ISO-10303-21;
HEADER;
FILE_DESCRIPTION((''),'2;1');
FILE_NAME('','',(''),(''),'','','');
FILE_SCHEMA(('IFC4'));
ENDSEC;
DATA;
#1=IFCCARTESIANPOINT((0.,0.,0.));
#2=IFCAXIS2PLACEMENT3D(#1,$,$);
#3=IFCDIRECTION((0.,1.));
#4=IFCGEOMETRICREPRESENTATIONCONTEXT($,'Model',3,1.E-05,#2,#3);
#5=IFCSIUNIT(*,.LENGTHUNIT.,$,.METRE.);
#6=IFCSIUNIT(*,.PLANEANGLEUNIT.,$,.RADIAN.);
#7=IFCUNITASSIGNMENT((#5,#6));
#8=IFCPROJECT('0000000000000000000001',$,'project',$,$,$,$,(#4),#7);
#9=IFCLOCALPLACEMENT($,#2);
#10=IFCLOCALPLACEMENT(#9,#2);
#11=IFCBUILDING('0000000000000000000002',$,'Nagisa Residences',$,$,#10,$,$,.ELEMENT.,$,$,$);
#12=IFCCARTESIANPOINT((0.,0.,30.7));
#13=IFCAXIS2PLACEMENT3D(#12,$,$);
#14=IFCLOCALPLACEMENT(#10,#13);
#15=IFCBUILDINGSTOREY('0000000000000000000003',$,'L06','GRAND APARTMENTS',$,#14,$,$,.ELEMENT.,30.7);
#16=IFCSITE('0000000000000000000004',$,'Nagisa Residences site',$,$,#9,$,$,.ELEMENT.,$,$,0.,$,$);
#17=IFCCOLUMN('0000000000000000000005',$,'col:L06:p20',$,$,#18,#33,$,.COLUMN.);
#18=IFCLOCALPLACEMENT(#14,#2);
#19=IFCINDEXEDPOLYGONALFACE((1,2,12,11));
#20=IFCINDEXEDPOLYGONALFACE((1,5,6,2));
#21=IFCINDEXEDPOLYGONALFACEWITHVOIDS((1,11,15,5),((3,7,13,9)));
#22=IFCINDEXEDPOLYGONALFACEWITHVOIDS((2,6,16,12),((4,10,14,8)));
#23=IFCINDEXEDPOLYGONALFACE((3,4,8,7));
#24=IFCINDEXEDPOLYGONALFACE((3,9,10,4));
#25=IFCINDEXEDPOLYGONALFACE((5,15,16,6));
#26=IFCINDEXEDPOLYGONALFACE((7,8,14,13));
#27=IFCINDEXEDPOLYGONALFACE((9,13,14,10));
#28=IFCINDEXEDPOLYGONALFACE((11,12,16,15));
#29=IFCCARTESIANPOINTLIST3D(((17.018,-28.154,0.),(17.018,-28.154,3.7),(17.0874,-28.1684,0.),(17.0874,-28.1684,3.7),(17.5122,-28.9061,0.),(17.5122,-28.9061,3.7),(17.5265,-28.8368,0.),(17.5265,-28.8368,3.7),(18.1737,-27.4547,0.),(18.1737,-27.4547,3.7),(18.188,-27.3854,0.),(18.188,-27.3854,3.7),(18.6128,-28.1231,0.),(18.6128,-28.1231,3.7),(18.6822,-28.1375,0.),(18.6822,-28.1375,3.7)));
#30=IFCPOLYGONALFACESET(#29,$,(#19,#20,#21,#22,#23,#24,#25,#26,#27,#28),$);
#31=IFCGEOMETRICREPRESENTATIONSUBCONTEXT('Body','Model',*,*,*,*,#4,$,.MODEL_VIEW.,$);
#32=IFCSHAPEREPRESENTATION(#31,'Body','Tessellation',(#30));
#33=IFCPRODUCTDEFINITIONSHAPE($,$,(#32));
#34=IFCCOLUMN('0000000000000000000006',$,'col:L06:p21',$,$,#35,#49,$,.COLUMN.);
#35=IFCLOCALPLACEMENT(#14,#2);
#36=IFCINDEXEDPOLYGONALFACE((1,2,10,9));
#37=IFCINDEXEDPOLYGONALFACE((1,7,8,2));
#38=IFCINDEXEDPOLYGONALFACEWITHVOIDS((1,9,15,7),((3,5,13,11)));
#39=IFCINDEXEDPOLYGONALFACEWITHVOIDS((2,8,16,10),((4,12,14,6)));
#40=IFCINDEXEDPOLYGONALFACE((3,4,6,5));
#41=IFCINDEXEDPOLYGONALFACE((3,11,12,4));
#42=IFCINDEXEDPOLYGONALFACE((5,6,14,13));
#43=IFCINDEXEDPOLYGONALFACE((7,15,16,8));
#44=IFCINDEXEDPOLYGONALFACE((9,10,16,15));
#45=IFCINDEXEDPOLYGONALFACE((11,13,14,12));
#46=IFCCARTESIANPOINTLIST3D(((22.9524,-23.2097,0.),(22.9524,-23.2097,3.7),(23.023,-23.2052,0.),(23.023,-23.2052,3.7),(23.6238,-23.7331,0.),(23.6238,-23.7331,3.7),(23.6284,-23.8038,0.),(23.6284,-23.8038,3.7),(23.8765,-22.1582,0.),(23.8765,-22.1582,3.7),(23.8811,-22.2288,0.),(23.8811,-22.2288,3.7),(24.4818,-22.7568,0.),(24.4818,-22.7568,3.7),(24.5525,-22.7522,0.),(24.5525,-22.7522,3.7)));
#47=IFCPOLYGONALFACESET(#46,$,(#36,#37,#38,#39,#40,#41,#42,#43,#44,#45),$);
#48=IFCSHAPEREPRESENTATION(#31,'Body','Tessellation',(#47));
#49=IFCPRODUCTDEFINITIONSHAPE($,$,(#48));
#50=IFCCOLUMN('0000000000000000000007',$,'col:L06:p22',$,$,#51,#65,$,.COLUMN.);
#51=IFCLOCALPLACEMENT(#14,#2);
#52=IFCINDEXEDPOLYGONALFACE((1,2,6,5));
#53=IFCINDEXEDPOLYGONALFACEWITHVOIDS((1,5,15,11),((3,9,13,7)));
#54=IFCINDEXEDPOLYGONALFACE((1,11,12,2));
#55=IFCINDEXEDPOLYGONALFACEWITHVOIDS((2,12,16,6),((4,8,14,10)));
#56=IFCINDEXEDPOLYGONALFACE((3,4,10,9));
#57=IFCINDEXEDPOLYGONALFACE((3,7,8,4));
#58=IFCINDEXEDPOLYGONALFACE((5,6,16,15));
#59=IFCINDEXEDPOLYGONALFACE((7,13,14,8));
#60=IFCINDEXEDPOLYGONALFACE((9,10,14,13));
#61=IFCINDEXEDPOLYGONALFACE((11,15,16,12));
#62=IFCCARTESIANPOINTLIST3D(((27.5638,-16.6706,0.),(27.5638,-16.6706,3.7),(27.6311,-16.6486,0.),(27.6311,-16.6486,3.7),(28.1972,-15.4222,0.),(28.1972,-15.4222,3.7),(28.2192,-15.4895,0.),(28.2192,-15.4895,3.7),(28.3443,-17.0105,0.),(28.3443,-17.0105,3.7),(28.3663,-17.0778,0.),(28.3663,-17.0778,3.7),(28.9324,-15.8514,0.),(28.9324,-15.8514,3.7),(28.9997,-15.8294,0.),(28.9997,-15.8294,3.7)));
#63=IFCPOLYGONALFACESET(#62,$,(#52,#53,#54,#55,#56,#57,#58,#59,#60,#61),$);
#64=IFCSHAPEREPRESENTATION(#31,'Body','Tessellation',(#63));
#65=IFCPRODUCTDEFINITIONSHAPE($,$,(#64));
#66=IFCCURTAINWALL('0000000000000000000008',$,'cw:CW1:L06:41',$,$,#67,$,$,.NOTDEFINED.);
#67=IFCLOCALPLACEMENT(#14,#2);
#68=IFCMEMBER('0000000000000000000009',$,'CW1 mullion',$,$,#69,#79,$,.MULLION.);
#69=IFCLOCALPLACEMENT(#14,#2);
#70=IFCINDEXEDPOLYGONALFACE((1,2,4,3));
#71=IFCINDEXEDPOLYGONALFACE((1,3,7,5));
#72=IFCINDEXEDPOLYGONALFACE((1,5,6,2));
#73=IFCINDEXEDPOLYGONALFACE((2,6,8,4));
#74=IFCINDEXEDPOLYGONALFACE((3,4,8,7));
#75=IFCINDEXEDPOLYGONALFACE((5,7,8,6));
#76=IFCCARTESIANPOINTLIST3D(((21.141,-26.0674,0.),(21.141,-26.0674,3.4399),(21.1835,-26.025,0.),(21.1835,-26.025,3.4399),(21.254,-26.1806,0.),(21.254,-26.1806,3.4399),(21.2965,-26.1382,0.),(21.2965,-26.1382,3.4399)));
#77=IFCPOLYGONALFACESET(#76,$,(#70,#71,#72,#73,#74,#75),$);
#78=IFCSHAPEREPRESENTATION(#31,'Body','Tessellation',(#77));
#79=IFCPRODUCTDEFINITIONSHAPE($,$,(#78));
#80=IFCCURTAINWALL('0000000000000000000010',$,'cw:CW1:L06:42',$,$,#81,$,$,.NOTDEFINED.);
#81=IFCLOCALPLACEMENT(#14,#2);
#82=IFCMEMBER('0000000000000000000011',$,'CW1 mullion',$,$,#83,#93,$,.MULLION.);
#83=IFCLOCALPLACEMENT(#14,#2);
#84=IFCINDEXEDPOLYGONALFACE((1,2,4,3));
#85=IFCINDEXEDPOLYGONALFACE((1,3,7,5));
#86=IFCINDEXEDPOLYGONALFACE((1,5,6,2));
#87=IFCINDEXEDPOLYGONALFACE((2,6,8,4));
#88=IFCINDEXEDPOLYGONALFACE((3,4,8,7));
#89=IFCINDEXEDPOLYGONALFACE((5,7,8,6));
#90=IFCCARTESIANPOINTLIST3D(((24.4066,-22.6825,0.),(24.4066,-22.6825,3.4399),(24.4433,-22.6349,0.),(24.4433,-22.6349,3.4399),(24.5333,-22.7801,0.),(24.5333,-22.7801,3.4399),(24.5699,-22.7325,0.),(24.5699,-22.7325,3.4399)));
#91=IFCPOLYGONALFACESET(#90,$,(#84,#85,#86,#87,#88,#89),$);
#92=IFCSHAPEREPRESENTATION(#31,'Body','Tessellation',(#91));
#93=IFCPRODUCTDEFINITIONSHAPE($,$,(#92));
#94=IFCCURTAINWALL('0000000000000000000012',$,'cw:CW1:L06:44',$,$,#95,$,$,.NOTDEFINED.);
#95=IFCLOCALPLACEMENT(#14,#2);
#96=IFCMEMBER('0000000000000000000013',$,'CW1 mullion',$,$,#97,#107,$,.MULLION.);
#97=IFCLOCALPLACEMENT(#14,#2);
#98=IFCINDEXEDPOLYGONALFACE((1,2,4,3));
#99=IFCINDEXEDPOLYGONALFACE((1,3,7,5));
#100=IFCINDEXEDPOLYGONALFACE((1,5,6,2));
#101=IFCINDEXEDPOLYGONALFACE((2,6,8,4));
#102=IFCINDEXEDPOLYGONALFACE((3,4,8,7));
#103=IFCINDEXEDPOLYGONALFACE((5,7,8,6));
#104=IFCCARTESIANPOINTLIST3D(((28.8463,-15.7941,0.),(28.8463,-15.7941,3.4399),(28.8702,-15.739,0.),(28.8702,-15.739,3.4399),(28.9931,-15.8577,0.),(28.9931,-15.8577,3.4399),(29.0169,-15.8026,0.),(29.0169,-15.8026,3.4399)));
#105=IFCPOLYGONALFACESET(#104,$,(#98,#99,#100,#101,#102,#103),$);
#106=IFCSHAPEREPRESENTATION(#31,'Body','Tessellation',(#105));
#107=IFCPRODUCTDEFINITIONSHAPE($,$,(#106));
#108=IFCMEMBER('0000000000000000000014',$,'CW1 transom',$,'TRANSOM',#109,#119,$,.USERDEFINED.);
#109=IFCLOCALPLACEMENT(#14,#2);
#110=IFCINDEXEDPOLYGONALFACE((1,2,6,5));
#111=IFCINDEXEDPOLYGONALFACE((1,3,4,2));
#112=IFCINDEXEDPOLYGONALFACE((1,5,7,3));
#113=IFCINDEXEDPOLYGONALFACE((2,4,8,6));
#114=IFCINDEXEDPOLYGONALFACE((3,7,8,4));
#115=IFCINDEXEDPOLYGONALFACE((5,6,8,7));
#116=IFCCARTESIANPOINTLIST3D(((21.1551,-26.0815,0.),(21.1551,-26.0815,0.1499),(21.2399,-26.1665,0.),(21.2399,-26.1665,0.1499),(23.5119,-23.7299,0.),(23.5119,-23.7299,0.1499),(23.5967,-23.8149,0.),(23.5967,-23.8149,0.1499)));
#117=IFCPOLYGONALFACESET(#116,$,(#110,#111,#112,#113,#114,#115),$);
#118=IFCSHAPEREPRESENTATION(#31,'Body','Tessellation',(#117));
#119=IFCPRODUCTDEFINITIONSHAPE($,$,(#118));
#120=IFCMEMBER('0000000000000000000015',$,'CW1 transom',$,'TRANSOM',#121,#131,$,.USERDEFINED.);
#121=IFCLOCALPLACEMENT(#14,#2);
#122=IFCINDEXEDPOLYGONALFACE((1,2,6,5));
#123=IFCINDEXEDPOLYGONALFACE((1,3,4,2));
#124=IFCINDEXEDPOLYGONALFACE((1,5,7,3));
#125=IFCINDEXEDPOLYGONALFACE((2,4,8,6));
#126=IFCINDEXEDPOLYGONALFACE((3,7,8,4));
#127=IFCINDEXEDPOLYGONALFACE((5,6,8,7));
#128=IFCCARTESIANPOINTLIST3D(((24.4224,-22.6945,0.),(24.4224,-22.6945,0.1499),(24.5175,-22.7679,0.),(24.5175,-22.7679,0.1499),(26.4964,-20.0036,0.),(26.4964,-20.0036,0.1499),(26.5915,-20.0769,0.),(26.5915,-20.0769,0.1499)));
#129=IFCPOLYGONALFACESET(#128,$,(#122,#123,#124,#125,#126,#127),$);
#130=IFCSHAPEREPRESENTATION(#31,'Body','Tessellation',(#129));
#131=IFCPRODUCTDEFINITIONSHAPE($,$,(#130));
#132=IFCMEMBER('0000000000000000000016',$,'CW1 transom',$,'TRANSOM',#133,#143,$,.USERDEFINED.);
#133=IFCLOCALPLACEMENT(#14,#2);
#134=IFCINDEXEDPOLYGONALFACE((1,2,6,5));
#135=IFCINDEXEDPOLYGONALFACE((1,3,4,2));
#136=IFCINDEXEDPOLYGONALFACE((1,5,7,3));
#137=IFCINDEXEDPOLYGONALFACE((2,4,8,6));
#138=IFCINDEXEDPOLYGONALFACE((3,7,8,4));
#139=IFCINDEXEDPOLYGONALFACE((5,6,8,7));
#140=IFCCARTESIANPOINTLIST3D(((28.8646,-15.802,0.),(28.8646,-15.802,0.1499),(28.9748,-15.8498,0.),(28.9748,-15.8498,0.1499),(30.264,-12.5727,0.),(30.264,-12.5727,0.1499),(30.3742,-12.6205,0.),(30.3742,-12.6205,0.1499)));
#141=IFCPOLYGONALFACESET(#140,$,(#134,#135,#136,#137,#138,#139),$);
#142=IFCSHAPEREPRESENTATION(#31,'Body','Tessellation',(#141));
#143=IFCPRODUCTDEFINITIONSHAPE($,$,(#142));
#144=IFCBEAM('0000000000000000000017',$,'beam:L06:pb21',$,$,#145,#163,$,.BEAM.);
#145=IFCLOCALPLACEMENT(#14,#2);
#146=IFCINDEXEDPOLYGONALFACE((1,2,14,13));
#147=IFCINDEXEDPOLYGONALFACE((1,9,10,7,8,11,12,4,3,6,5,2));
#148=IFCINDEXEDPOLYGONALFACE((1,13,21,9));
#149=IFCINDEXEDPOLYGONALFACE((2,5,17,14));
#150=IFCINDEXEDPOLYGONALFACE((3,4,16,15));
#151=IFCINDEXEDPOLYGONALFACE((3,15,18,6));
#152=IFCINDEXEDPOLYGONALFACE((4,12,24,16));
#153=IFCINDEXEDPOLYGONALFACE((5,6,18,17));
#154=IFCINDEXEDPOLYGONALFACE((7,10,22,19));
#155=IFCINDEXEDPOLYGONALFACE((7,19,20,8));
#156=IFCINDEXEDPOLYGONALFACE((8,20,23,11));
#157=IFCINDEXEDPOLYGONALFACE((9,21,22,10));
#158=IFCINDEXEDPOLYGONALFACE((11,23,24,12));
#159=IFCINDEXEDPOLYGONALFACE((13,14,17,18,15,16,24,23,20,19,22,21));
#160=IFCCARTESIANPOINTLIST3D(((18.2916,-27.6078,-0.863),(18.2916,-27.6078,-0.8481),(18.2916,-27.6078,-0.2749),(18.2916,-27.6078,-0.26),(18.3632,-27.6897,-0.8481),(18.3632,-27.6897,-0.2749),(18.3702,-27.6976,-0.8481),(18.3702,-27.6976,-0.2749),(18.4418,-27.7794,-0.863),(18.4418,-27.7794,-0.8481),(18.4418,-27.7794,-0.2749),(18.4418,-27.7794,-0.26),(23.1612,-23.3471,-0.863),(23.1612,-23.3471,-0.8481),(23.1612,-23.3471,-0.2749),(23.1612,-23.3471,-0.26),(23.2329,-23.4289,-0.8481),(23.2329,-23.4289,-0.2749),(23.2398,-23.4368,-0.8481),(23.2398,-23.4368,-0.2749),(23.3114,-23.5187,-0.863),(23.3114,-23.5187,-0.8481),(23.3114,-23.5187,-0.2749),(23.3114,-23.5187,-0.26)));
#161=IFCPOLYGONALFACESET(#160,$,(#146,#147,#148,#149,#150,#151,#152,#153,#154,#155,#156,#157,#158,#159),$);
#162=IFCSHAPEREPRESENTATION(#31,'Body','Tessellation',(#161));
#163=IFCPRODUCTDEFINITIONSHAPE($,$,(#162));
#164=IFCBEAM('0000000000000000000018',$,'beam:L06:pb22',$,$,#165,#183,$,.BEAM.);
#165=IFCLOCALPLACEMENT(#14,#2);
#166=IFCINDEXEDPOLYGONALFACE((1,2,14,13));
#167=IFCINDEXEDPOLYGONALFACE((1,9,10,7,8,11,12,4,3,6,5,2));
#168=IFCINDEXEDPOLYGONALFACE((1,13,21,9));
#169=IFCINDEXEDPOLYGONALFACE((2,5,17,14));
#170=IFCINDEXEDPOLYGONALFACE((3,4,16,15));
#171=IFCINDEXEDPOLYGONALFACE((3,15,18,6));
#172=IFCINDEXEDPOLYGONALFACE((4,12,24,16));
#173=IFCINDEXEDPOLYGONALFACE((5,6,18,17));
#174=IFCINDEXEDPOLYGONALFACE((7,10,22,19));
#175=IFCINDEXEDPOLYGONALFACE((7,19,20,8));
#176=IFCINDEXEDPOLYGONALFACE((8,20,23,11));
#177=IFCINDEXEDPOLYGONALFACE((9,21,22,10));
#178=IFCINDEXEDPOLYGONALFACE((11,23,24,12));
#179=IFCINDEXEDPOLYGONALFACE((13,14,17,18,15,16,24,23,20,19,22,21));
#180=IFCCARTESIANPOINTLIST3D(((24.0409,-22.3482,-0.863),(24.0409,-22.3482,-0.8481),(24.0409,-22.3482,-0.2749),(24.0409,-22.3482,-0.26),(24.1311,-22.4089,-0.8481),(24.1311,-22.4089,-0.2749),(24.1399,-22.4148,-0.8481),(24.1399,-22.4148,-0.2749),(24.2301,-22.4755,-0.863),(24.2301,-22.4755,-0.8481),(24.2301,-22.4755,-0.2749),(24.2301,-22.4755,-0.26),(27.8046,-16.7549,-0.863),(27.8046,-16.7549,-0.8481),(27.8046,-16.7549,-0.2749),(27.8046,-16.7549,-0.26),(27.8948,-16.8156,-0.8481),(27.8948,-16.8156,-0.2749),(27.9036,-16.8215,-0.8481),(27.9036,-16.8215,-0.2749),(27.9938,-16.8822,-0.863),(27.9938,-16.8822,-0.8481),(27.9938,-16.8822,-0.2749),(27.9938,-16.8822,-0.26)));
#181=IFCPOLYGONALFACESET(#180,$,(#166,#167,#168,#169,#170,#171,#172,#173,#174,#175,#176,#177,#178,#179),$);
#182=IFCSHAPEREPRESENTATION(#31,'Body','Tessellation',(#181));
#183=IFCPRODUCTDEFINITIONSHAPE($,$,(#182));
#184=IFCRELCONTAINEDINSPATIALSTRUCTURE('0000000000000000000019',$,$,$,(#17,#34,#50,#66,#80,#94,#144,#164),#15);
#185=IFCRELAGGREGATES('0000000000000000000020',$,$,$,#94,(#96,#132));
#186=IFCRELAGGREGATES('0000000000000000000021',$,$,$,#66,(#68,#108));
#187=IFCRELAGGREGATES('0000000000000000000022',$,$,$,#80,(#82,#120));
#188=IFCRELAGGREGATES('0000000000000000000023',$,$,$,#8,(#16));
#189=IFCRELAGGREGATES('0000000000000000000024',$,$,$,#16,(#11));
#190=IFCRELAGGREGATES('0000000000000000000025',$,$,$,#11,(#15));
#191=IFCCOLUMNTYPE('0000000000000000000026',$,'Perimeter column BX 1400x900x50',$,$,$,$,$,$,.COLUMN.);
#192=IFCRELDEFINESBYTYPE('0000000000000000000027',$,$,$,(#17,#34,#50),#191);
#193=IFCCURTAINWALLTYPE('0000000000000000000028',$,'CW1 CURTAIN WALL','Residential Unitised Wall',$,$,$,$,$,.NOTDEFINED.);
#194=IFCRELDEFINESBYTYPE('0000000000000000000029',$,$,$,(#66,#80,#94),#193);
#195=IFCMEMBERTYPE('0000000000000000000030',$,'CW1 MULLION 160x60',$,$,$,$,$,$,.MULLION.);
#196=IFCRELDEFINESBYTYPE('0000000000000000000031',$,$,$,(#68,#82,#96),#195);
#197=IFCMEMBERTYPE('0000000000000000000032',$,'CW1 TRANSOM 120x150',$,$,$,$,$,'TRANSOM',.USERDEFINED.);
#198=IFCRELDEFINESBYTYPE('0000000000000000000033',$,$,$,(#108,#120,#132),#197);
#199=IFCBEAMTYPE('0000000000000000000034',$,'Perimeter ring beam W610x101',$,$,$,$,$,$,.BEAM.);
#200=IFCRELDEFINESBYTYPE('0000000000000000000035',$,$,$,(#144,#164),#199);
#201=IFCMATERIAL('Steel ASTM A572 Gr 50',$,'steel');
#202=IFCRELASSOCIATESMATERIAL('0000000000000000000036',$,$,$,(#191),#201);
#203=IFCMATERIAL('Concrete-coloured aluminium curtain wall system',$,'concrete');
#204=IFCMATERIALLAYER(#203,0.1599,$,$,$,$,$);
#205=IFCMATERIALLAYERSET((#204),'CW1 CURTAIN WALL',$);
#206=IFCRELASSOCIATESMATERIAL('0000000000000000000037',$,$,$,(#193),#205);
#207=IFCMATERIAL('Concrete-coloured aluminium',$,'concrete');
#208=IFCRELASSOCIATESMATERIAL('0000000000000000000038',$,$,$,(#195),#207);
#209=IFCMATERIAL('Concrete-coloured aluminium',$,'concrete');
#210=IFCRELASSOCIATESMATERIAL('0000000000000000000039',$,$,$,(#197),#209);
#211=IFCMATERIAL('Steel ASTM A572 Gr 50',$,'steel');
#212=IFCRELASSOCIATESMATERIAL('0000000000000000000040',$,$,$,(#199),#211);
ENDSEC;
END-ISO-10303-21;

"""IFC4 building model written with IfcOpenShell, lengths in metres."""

from ifc_helpers import new_model, si_unit, direction, frame, origin, origin_2d, place, context, subcontext, project, spatial, rectangle, hollow_rectangle, i_section, extrude, material, layer, layer_set, material_profile, profile_set, type_object, element, aggregate, save


model = new_model("IFC4")

# Units and contexts
model_context = context("Model", 3, precision=1e-05, world=origin(), true_north=direction((0.0, 1.0)))
body_context = subcontext(model_context, "Body", "Model", "MODEL_VIEW")
ifc_project = project(units=[si_unit("LENGTHUNIT", "METRE"), si_unit("PLANEANGLEUNIT", "RADIAN")], contexts=[model_context])

# Site, building, storey
site_placement = place(None, origin())
site = spatial("IfcSite", under=ifc_project, at=site_placement, Name="Nagisa Residences site", CompositionType="ELEMENT", RefElevation=0.0)
building_placement = place(site_placement, origin())
building = spatial("IfcBuilding", under=site, at=building_placement, Name="Nagisa Residences", CompositionType="ELEMENT")
storey_placement = place(building_placement, frame((0.0, 0.0, 30.7)))
storey = spatial("IfcBuildingStorey", under=building, at=storey_placement, Name="L06", Description="GRAND APARTMENTS", CompositionType="ELEMENT", Elevation=30.7)

# Columns
ifc_material_1 = material(Name="Steel ASTM A572 Gr 50", Category="steel")
ifc_material_profile_1 = material_profile(ifc_material_1, hollow_rectangle(XDim=1.3999, YDim=0.8999, WallThickness=0.05, at=origin_2d()), Name="BX 1400x900x50")
ifc_profile_set_1 = profile_set([ifc_material_profile_1], Name="Steel ASTM A572 Gr 50")
column_type = type_object("IfcColumnType", Name="Perimeter column BX 1400x900x50", PredefinedType="COLUMN", material=ifc_profile_set_1)
for number, where, z_axis, x_axis, name in (
    (1, (17.8501, -28.1458, 0.0), (0.0, 0.0, 1.0), (0.835766, 0.549086, 0.0), "col:L06:p20"),
    (2, (23.7524, -22.981, 0.0), (0.0, 0.0, 1.0), (0.660115, 0.751165, 0.0), "col:L06:p21"),
    (3, (28.2817, -16.25, 0.0), (0.0, 0.0, 1.0), (0.452463, 0.891783, 0.0), "col:L06:p22"),
):
    element("IfcColumn", number, at=place(storey_placement, frame(where, z_axis=z_axis, x_axis=x_axis)), inside=storey, type_object=column_type, Name=name, PredefinedType="COLUMN", context=body_context, shape_type="SweptSolid", body=[
        extrude(hollow_rectangle(XDim=1.3999, YDim=0.8999, WallThickness=0.05, at=origin_2d()), origin(), (0.0, 0.0, 1.0), 3.7),
    ])

# Curtain walls, members
ifc_material_2 = material(Name="Concrete-coloured aluminium curtain wall system", Category="concrete")
ifc_layer_1 = layer(ifc_material_2, 0.1599)
ifc_layer_set_1 = layer_set([ifc_layer_1], Name="CW1 CURTAIN WALL")
curtain_wall_type = type_object("IfcCurtainWallType", Name="CW1 CURTAIN WALL", Description="Residential Unitised Wall", PredefinedType="NOTDEFINED", material=ifc_layer_set_1)
curtain_wall_1_placement = place(storey_placement, origin())
curtain_wall_1 = element("IfcCurtainWall", 4, at=curtain_wall_1_placement, inside=storey, type_object=curtain_wall_type, Name="cw:CW1:L06:41", PredefinedType="NOTDEFINED")
ifc_material_3 = material(Name="Concrete-coloured aluminium", Category="concrete")
ifc_material_profile_2 = material_profile(ifc_material_3, rectangle(XDim=0.1599, YDim=0.0601, at=origin_2d()), Name="CW1 MULLION 160x60")
ifc_profile_set_2 = profile_set([ifc_material_profile_2], Name="Concrete-coloured aluminium")
member_type_1 = type_object("IfcMemberType", Name="CW1 MULLION 160x60", PredefinedType="MULLION", material=ifc_profile_set_2)
member_1_placement = place(storey_placement, frame((21.2188, -26.1028, 0.0), z_axis=(0.0, 0.0, 1.0), x_axis=(-0.706377, 0.707836, 0.0)))
member_1 = element("IfcMember", 5, at=member_1_placement, type_object=member_type_1, Name="CW1 mullion", PredefinedType="MULLION", context=body_context, shape_type="SweptSolid", body=[
    extrude(rectangle(XDim=0.1599, YDim=0.0601, at=origin_2d()), origin(), (0.0, 0.0, 1.0), 3.4399),
])
curtain_wall_2_placement = place(storey_placement, origin())
curtain_wall_2 = element("IfcCurtainWall", 6, at=curtain_wall_2_placement, inside=storey, type_object=curtain_wall_type, Name="cw:CW1:L06:42", PredefinedType="NOTDEFINED")
member_2_placement = place(storey_placement, frame((24.4883, -22.7075, 0.0), z_axis=(0.0, 0.0, 1.0), x_axis=(-0.79207, 0.61043, 0.0)))
member_2 = element("IfcMember", 7, at=member_2_placement, type_object=member_type_1, Name="CW1 mullion", PredefinedType="MULLION", context=body_context, shape_type="SweptSolid", body=[
    extrude(rectangle(XDim=0.1599, YDim=0.0601, at=origin_2d()), origin(), (0.0, 0.0, 1.0), 3.4399),
])
curtain_wall_3_placement = place(storey_placement, origin())
curtain_wall_3 = element("IfcCurtainWall", 8, at=curtain_wall_3_placement, inside=storey, type_object=curtain_wall_type, Name="cw:CW1:L06:44", PredefinedType="NOTDEFINED")
member_3_placement = place(storey_placement, frame((28.9316, -15.7983, 0.0), z_axis=(0.0, 0.0, 1.0), x_axis=(-0.917543, 0.397636, 0.0)))
member_3 = element("IfcMember", 9, at=member_3_placement, type_object=member_type_1, Name="CW1 mullion", PredefinedType="MULLION", context=body_context, shape_type="SweptSolid", body=[
    extrude(rectangle(XDim=0.1599, YDim=0.0601, at=origin_2d()), origin(), (0.0, 0.0, 1.0), 3.4399),
])

# Members
ifc_material_4 = material(Name="Concrete-coloured aluminium", Category="concrete")
ifc_material_profile_3 = material_profile(ifc_material_4, rectangle(XDim=0.1201, YDim=0.1499, at=origin_2d()), Name="CW1 TRANSOM 120x150")
ifc_profile_set_3 = profile_set([ifc_material_profile_3], Name="Concrete-coloured aluminium")
member_type_2 = type_object("IfcMemberType", Name="CW1 TRANSOM 120x150", ElementType="TRANSOM", PredefinedType="USERDEFINED", material=ifc_profile_set_3)
member_4_placement = place(storey_placement, frame((21.1975, -26.124, 0.075), z_axis=(0.707876, 0.706336, 0.0), x_axis=(-0.706336, 0.707876, 0.0)))
member_4 = element("IfcMember", 10, at=member_4_placement, type_object=member_type_2, Name="CW1 transom", ObjectType="TRANSOM", PredefinedType="USERDEFINED", context=body_context, shape_type="SweptSolid", body=[
    extrude(rectangle(XDim=0.1201, YDim=0.1499, at=origin_2d()), origin(), (0.0, 0.0, 1.0), 3.3293),
])
member_5_placement = place(storey_placement, frame((24.47, -22.7312, 0.075), z_axis=(0.610457, 0.792049, 0.0), x_axis=(-0.792049, 0.610457, 0.0)))
member_5 = element("IfcMember", 11, at=member_5_placement, type_object=member_type_2, Name="CW1 transom", ObjectType="TRANSOM", PredefinedType="USERDEFINED", context=body_context, shape_type="SweptSolid", body=[
    extrude(rectangle(XDim=0.1201, YDim=0.1499, at=origin_2d()), origin(), (0.0, 0.0, 1.0), 3.3975),
])
member_6_placement = place(storey_placement, frame((28.9197, -15.8259, 0.075), z_axis=(0.397625, 0.917548, 0.0), x_axis=(-0.917548, 0.397625, 0.0)))
member_6 = element("IfcMember", 12, at=member_6_placement, type_object=member_type_2, Name="CW1 transom", ObjectType="TRANSOM", PredefinedType="USERDEFINED", context=body_context, shape_type="SweptSolid", body=[
    extrude(rectangle(XDim=0.1201, YDim=0.1499, at=origin_2d()), origin(), (0.0, 0.0, 1.0), 3.5195),
])
aggregate(curtain_wall_3, [member_3, member_6])

# Beams
ifc_material_5 = material(Name="Steel ASTM A572 Gr 50", Category="steel")
ifc_material_profile_4 = material_profile(ifc_material_5, i_section(OverallWidth=0.228, OverallDepth=0.603, WebThickness=0.0105, FlangeThickness=0.0149, at=origin_2d()), Name="W610x101")
ifc_profile_set_4 = profile_set([ifc_material_profile_4], Name="Steel ASTM A572 Gr 50")
beam_type_1 = type_object("IfcBeamType", Name="Perimeter ring beam W610x101", PredefinedType="BEAM", material=ifc_profile_set_4)
beam_1_placement = place(storey_placement, frame((18.3667, -27.6936, -0.5615), z_axis=(0.752591, 0.658489, 0.0), x_axis=(-0.658489, 0.752591, 0.0)))
element("IfcBeam", 13, at=beam_1_placement, inside=storey, type_object=beam_type_1, Name="beam:L06:pb21", PredefinedType="BEAM", context=body_context, shape_type="SweptSolid", body=[
    extrude(i_section(OverallWidth=0.228, OverallDepth=0.603, WebThickness=0.0105, FlangeThickness=0.0149, at=origin_2d()), origin(), (0.0, 0.0, 1.0), 6.4705),
])
beam_2_placement = place(storey_placement, frame((24.1355, -22.4119, -0.5615), z_axis=(0.558272, 0.829658, 0.0), x_axis=(-0.829658, 0.558272, 0.0)))
element("IfcBeam", 14, at=beam_2_placement, inside=storey, type_object=beam_type_1, Name="beam:L06:pb22", PredefinedType="BEAM", context=body_context, shape_type="SweptSolid", body=[
    extrude(i_section(OverallWidth=0.228, OverallDepth=0.603, WebThickness=0.0105, FlangeThickness=0.0149, at=origin_2d()), origin(), (0.0, 0.0, 1.0), 6.7417),
])

aggregate(curtain_wall_1, [member_1, member_4])
aggregate(curtain_wall_2, [member_2, member_5])

save(model, "model.ifc")
